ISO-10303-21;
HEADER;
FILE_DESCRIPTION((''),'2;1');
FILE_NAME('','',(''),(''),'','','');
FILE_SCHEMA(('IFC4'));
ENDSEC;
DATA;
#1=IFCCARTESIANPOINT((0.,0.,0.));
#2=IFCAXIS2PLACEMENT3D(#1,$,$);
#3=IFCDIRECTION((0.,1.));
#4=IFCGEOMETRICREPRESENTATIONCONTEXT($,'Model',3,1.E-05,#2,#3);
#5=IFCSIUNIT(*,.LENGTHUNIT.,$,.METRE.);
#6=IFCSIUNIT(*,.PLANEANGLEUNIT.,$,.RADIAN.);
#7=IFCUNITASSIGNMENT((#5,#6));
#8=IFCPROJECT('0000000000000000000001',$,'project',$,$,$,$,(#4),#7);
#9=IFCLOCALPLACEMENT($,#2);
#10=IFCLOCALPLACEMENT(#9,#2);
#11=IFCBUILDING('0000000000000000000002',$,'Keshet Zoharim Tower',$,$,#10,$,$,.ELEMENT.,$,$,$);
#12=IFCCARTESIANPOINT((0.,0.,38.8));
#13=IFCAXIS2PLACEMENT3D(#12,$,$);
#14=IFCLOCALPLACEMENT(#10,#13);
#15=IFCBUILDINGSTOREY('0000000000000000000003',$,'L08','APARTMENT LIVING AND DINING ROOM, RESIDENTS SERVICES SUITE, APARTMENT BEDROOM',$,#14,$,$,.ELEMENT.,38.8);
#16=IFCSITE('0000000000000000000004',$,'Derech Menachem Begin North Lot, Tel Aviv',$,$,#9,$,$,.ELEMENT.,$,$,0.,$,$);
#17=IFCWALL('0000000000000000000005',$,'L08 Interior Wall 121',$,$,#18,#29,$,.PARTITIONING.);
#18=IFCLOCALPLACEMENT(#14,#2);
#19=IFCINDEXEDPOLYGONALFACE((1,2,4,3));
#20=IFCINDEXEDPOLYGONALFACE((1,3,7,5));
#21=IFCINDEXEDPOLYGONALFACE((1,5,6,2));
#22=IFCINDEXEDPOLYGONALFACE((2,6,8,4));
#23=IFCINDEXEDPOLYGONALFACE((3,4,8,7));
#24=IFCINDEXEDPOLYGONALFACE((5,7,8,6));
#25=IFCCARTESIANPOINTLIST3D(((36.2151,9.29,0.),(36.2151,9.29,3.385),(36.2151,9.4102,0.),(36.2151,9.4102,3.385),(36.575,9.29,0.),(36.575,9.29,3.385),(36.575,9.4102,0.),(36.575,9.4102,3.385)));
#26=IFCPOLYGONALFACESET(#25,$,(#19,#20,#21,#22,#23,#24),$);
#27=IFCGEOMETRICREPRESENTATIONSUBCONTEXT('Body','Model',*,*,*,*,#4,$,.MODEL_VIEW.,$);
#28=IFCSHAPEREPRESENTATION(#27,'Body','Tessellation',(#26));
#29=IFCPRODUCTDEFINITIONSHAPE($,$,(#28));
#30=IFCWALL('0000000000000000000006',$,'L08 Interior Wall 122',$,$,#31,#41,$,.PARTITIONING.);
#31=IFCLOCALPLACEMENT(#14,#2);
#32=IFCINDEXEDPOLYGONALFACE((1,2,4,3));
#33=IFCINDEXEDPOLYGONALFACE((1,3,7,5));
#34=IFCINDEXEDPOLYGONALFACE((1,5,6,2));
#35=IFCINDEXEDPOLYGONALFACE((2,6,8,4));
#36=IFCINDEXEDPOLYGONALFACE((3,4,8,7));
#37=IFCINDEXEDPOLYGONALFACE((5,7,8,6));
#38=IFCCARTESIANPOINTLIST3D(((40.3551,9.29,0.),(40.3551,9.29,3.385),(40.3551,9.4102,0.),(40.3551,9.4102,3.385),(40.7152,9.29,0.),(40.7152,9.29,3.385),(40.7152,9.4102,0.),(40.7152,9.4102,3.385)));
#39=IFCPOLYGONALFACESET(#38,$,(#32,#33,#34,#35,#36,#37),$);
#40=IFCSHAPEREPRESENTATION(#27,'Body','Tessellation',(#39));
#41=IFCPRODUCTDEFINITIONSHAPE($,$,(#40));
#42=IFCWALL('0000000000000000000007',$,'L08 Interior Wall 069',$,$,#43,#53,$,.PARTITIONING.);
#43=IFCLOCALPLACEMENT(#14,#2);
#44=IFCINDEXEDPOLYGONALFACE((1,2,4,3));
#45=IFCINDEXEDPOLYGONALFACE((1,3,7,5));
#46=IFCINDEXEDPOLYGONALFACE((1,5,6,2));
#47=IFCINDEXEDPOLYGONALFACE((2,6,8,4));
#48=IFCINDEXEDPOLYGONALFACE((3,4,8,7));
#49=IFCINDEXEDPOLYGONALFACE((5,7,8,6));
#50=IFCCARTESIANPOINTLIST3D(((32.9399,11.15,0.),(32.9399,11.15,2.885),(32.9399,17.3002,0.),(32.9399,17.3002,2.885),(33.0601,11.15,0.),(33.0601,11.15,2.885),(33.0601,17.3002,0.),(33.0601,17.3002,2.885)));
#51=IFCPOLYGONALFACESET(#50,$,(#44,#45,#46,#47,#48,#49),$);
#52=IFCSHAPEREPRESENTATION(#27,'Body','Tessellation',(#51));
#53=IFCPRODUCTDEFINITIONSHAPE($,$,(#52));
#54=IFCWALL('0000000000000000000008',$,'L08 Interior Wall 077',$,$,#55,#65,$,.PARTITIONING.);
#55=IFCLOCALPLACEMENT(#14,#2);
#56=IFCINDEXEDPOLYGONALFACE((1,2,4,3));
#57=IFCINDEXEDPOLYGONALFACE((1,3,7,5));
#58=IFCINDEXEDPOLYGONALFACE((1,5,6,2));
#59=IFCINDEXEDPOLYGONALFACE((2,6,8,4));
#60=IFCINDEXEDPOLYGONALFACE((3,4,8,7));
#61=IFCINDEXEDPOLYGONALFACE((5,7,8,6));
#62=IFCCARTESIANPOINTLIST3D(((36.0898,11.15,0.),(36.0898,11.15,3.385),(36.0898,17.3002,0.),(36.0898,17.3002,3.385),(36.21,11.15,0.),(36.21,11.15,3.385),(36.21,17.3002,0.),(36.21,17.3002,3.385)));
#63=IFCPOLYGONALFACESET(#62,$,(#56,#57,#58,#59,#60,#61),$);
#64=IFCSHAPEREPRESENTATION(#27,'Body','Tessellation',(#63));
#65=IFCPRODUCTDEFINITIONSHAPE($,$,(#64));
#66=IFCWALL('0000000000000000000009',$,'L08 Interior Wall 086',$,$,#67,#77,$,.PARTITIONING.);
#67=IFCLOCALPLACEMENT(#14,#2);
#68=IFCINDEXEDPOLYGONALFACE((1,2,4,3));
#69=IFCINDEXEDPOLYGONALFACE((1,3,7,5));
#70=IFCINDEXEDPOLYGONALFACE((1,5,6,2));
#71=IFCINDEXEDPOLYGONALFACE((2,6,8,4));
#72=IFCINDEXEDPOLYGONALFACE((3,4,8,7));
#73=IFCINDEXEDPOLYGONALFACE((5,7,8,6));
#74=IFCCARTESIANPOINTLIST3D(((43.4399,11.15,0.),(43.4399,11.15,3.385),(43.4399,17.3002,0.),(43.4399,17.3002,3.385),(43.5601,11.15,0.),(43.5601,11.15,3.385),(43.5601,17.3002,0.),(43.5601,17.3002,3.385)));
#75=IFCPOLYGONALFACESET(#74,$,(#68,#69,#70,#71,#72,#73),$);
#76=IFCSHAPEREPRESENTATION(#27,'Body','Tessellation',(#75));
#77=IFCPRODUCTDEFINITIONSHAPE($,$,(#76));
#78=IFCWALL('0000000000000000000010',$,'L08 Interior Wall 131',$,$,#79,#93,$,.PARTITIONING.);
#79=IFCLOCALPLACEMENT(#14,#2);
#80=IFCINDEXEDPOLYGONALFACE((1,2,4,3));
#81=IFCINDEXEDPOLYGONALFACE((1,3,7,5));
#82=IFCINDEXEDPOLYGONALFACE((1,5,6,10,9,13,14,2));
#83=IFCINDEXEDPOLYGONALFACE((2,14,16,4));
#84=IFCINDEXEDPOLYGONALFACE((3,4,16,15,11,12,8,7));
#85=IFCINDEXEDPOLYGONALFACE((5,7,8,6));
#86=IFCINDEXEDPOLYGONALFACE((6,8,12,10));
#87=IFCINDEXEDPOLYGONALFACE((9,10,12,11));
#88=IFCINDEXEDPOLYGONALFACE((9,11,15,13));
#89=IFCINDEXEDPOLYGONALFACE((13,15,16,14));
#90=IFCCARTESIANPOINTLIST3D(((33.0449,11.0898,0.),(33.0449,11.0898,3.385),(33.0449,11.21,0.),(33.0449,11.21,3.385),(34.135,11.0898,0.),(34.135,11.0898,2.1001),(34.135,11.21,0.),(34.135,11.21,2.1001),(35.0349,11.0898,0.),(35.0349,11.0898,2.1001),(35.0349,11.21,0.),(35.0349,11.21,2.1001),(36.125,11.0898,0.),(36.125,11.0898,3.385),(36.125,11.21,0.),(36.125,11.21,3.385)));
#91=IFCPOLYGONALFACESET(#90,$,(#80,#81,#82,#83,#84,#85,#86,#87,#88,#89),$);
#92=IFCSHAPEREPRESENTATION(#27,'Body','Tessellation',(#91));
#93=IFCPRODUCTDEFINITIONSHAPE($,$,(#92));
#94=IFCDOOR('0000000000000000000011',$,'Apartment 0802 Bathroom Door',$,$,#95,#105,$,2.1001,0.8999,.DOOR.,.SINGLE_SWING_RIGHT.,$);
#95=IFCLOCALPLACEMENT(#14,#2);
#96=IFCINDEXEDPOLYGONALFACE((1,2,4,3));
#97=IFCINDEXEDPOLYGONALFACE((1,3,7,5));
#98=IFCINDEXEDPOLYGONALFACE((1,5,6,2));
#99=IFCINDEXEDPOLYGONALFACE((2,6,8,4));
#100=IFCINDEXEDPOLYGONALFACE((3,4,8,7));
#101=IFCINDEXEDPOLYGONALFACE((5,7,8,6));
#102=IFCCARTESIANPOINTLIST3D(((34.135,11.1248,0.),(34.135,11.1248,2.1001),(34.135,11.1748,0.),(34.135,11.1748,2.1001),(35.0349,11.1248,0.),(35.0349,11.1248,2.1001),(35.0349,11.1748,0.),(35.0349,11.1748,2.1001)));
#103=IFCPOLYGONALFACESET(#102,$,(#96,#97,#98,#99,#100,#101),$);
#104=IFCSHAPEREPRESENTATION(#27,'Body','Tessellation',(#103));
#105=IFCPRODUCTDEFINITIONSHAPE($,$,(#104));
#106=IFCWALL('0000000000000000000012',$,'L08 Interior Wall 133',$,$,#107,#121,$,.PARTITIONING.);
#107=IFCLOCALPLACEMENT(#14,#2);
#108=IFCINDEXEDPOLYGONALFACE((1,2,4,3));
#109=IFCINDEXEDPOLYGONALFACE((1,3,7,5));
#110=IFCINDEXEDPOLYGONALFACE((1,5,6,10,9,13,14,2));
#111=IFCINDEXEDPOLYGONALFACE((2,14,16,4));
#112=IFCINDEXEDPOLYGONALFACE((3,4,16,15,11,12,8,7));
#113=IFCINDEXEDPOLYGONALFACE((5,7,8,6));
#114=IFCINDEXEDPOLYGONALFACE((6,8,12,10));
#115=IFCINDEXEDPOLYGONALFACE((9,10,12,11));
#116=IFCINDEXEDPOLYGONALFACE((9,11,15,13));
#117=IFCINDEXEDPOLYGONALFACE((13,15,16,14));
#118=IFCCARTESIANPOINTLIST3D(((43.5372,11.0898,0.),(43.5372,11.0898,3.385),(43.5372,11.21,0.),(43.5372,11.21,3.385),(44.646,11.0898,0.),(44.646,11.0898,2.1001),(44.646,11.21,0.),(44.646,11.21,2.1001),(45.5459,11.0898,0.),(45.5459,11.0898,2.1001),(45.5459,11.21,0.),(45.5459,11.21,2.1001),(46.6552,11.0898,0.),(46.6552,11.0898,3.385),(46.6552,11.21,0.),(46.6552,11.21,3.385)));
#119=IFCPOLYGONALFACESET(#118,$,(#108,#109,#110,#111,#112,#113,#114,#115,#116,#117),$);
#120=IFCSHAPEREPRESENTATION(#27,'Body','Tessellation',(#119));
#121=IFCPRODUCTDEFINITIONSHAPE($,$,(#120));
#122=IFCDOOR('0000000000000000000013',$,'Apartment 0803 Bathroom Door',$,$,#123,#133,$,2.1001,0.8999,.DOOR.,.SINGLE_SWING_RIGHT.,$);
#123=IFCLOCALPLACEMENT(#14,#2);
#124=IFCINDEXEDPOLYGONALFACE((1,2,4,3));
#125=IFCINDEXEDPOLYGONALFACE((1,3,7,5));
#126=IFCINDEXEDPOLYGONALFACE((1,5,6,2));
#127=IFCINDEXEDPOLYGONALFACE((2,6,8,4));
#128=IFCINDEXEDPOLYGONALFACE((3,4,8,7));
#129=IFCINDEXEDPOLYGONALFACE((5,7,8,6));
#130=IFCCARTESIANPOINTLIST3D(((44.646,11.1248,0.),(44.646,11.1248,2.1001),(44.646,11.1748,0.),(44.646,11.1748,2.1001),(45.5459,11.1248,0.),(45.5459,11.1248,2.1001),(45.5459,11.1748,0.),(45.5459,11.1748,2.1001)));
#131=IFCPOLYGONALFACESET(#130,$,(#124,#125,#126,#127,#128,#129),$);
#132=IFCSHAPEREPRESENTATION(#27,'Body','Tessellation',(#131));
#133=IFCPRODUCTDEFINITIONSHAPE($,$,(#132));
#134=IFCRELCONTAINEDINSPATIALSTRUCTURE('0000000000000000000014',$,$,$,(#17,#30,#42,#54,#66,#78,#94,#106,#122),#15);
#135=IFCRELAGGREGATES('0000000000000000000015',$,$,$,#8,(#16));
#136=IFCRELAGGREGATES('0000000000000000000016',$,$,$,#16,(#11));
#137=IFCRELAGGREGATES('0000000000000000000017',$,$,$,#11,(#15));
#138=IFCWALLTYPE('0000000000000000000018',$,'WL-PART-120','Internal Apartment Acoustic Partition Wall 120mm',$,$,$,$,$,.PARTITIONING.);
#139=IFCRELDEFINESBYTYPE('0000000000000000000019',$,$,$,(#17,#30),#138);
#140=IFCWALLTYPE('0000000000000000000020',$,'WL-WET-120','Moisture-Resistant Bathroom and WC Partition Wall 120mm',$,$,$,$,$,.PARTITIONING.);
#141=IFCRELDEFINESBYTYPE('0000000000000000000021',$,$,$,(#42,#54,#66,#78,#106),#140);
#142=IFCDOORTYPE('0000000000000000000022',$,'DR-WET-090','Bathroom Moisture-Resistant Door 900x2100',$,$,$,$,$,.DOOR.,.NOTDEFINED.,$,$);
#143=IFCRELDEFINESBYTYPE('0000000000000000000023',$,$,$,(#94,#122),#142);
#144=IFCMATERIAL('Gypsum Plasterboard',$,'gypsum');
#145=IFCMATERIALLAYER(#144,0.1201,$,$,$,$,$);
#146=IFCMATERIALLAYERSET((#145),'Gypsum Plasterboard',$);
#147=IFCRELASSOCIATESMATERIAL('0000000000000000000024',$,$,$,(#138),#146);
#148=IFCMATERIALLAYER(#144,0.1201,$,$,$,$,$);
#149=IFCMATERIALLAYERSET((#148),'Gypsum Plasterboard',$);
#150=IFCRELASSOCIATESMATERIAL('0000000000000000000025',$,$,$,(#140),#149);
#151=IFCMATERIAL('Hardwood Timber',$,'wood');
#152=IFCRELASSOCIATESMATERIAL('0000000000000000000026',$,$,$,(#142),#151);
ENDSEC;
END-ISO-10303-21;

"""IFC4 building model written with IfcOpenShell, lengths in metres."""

from ifc_helpers import new_model, si_unit, direction, frame, frame_2d, origin, place, context, subcontext, project, spatial, rectangle, extrude, material, layer, layer_set, type_object, element, fill, save


model = new_model("IFC4")

# Units and contexts
model_context = context("Model", 3, precision=1e-05, world=origin(), true_north=direction((0.0, 1.0)))
body_context = subcontext(model_context, "Body", "Model", "MODEL_VIEW")
ifc_project = project(units=[si_unit("LENGTHUNIT", "METRE"), si_unit("PLANEANGLEUNIT", "RADIAN")], contexts=[model_context])

# Site, building, storey
site_placement = place(None, origin())
site = spatial("IfcSite", under=ifc_project, at=site_placement, Name="Derech Menachem Begin North Lot, Tel Aviv", CompositionType="ELEMENT", RefElevation=0.0)
building_placement = place(site_placement, origin())
building = spatial("IfcBuilding", under=site, at=building_placement, Name="Keshet Zoharim Tower", CompositionType="ELEMENT")
storey_placement = place(building_placement, frame((0.0, 0.0, 38.8)))
storey = spatial("IfcBuildingStorey", under=building, at=storey_placement, Name="L08", Description="APARTMENT LIVING AND DINING ROOM, RESIDENTS SERVICES SUITE, APARTMENT BEDROOM", CompositionType="ELEMENT", Elevation=38.8)

# Shared definitions
ifc_material_1 = material(Name="Gypsum Plasterboard", Category="gypsum")

# Shared definitions
ifc_material_2 = material(Name="Hardwood Timber", Category="wood")

# Walls
ifc_layer_1 = layer(ifc_material_1, 0.1201)
ifc_layer_set_1 = layer_set([ifc_layer_1], Name="Gypsum Plasterboard")
wall_type_1 = type_object("IfcWallType", Name="WL-PART-120", Description="Internal Apartment Acoustic Partition Wall 120mm", PredefinedType="PARTITIONING", material=ifc_layer_set_1)
wall_1_placement = place(storey_placement, frame((36.2151, 9.3501, 0.0), z_axis=(0.0, 0.0, 1.0), x_axis=(1.0, 0.0, 0.0)))
element("IfcWall", 1, at=wall_1_placement, inside=storey, type_object=wall_type_1, Name="L08 Interior Wall 121", PredefinedType="PARTITIONING", context=body_context, shape_type="SweptSolid", body=[
    extrude(rectangle(XDim=0.3599, YDim=0.1201, at=frame_2d((0.1799, 0.0))), origin(), (0.0, 0.0, 1.0), 3.385),
])
wall_2_placement = place(storey_placement, frame((40.355, 9.3501, 0.0), z_axis=(0.0, 0.0, 1.0), x_axis=(1.0, 0.0, 0.0)))
element("IfcWall", 2, at=wall_2_placement, inside=storey, type_object=wall_type_1, Name="L08 Interior Wall 122", PredefinedType="PARTITIONING", context=body_context, shape_type="SweptSolid", body=[
    extrude(rectangle(XDim=0.3601, YDim=0.1201, at=frame_2d((0.1802, 0.0))), origin(), (0.0, 0.0, 1.0), 3.385),
])

# Walls
ifc_layer_2 = layer(ifc_material_1, 0.1201)
ifc_layer_set_2 = layer_set([ifc_layer_2], Name="Gypsum Plasterboard")
wall_type_2 = type_object("IfcWallType", Name="WL-WET-120", Description="Moisture-Resistant Bathroom and WC Partition Wall 120mm", PredefinedType="PARTITIONING", material=ifc_layer_set_2)
wall_3_placement = place(storey_placement, frame((33.0, 11.1499, 0.0), z_axis=(0.0, 0.0, 1.0), x_axis=(0.0, 1.0, 0.0)))
element("IfcWall", 3, at=wall_3_placement, inside=storey, type_object=wall_type_2, Name="L08 Interior Wall 069", PredefinedType="PARTITIONING", context=body_context, shape_type="SweptSolid", body=[
    extrude(rectangle(XDim=6.1501, YDim=0.1201, at=frame_2d((3.0752, 0.0))), origin(), (0.0, 0.0, 1.0), 2.885),
])
for number, where, z_axis, x_axis, name in (
    (4, (36.1499, 11.1499, 0.0), (0.0, 0.0, 1.0), (0.0, 1.0, 0.0), "L08 Interior Wall 077"),
    (5, (43.5, 11.1499, 0.0), (0.0, 0.0, 1.0), (0.0, 1.0, 0.0), "L08 Interior Wall 086"),
):
    element("IfcWall", number, at=place(storey_placement, frame(where, z_axis=z_axis, x_axis=x_axis)), inside=storey, type_object=wall_type_2, Name=name, PredefinedType="PARTITIONING", context=body_context, shape_type="SweptSolid", body=[
        extrude(rectangle(XDim=6.1501, YDim=0.1201, at=frame_2d((3.0752, 0.0))), origin(), (0.0, 0.0, 1.0), 3.385),
    ])

# Walls, openings, doors
wall_4_placement = place(storey_placement, frame((33.0449, 11.1499, 0.0), z_axis=(0.0, 0.0, 1.0), x_axis=(1.0, 0.0, 0.0)))
wall_4 = element("IfcWall", 6, at=wall_4_placement, inside=storey, type_object=wall_type_2, Name="L08 Interior Wall 131", PredefinedType="PARTITIONING", context=body_context, shape_type="SweptSolid", body=[
    extrude(rectangle(XDim=3.0801, YDim=0.1201, at=frame_2d((1.54, 0.0))), origin(), (0.0, 0.0, 1.0), 3.385),
])
opening_1_placement = place(wall_4_placement, frame((1.0901, 0.0, 0.0)))
opening_1 = element("IfcOpeningElement", 7, at=opening_1_placement, cuts=wall_4, PredefinedType="OPENING", context=body_context, shape_type="SweptSolid", body=[
    extrude(rectangle(XDim=0.8999, YDim=2.1001, at=frame_2d((0.45, 1.05))), frame((0.0, 0.0701, 0.0), z_axis=(0.0, -1.0, 0.0), x_axis=(1.0, 0.0, 0.0)), (0.0, 0.0, 1.0), 0.1401),
])
door_type_1 = type_object("IfcDoorType", Name="DR-WET-090", Description="Bathroom Moisture-Resistant Door 900x2100", OperationType="NOTDEFINED", PredefinedType="DOOR", material=ifc_material_2)
door_1_placement = place(opening_1_placement, origin())
door_1 = element("IfcDoor", 8, at=door_1_placement, inside=storey, type_object=door_type_1, Name="Apartment 0802 Bathroom Door", OperationType="SINGLE_SWING_RIGHT", OverallHeight=2.1001, OverallWidth=0.8999, PredefinedType="DOOR", context=body_context, shape_type="SweptSolid", body=[
    extrude(rectangle(XDim=0.8999, YDim=2.1001, at=frame_2d((0.45, 1.05))), frame((0.0, 0.0249, 0.0), z_axis=(0.0, -1.0, 0.0), x_axis=(1.0, 0.0, 0.0)), (0.0, 0.0, 1.0), 0.05),
])
fill(opening_1, door_1)
wall_5_placement = place(storey_placement, frame((43.5371, 11.1499, 0.0), z_axis=(0.0, 0.0, 1.0), x_axis=(1.0, 0.0, 0.0)))
wall_5 = element("IfcWall", 9, at=wall_5_placement, inside=storey, type_object=wall_type_2, Name="L08 Interior Wall 133", PredefinedType="PARTITIONING", context=body_context, shape_type="SweptSolid", body=[
    extrude(rectangle(XDim=3.1179, YDim=0.1201, at=frame_2d((1.5591, 0.0))), origin(), (0.0, 0.0, 1.0), 3.385),
])
opening_2_placement = place(wall_5_placement, frame((1.1089, 0.0, 0.0)))
opening_2 = element("IfcOpeningElement", 10, at=opening_2_placement, cuts=wall_5, PredefinedType="OPENING", context=body_context, shape_type="SweptSolid", body=[
    extrude(rectangle(XDim=0.8999, YDim=2.1001, at=frame_2d((0.45, 1.05))), frame((0.0, 0.0701, 0.0), z_axis=(0.0, -1.0, 0.0), x_axis=(1.0, 0.0, 0.0)), (0.0, 0.0, 1.0), 0.1401),
])
door_2_placement = place(opening_2_placement, origin())
door_2 = element("IfcDoor", 11, at=door_2_placement, inside=storey, type_object=door_type_1, Name="Apartment 0803 Bathroom Door", OperationType="SINGLE_SWING_RIGHT", OverallHeight=2.1001, OverallWidth=0.8999, PredefinedType="DOOR", context=body_context, shape_type="SweptSolid", body=[
    extrude(rectangle(XDim=0.8999, YDim=2.1001, at=frame_2d((0.45, 1.05))), frame((0.0, 0.0249, 0.0), z_axis=(0.0, -1.0, 0.0), x_axis=(1.0, 0.0, 0.0)), (0.0, 0.0, 1.0), 0.05),
])
fill(opening_2, door_2)

save(model, "model.ifc")
